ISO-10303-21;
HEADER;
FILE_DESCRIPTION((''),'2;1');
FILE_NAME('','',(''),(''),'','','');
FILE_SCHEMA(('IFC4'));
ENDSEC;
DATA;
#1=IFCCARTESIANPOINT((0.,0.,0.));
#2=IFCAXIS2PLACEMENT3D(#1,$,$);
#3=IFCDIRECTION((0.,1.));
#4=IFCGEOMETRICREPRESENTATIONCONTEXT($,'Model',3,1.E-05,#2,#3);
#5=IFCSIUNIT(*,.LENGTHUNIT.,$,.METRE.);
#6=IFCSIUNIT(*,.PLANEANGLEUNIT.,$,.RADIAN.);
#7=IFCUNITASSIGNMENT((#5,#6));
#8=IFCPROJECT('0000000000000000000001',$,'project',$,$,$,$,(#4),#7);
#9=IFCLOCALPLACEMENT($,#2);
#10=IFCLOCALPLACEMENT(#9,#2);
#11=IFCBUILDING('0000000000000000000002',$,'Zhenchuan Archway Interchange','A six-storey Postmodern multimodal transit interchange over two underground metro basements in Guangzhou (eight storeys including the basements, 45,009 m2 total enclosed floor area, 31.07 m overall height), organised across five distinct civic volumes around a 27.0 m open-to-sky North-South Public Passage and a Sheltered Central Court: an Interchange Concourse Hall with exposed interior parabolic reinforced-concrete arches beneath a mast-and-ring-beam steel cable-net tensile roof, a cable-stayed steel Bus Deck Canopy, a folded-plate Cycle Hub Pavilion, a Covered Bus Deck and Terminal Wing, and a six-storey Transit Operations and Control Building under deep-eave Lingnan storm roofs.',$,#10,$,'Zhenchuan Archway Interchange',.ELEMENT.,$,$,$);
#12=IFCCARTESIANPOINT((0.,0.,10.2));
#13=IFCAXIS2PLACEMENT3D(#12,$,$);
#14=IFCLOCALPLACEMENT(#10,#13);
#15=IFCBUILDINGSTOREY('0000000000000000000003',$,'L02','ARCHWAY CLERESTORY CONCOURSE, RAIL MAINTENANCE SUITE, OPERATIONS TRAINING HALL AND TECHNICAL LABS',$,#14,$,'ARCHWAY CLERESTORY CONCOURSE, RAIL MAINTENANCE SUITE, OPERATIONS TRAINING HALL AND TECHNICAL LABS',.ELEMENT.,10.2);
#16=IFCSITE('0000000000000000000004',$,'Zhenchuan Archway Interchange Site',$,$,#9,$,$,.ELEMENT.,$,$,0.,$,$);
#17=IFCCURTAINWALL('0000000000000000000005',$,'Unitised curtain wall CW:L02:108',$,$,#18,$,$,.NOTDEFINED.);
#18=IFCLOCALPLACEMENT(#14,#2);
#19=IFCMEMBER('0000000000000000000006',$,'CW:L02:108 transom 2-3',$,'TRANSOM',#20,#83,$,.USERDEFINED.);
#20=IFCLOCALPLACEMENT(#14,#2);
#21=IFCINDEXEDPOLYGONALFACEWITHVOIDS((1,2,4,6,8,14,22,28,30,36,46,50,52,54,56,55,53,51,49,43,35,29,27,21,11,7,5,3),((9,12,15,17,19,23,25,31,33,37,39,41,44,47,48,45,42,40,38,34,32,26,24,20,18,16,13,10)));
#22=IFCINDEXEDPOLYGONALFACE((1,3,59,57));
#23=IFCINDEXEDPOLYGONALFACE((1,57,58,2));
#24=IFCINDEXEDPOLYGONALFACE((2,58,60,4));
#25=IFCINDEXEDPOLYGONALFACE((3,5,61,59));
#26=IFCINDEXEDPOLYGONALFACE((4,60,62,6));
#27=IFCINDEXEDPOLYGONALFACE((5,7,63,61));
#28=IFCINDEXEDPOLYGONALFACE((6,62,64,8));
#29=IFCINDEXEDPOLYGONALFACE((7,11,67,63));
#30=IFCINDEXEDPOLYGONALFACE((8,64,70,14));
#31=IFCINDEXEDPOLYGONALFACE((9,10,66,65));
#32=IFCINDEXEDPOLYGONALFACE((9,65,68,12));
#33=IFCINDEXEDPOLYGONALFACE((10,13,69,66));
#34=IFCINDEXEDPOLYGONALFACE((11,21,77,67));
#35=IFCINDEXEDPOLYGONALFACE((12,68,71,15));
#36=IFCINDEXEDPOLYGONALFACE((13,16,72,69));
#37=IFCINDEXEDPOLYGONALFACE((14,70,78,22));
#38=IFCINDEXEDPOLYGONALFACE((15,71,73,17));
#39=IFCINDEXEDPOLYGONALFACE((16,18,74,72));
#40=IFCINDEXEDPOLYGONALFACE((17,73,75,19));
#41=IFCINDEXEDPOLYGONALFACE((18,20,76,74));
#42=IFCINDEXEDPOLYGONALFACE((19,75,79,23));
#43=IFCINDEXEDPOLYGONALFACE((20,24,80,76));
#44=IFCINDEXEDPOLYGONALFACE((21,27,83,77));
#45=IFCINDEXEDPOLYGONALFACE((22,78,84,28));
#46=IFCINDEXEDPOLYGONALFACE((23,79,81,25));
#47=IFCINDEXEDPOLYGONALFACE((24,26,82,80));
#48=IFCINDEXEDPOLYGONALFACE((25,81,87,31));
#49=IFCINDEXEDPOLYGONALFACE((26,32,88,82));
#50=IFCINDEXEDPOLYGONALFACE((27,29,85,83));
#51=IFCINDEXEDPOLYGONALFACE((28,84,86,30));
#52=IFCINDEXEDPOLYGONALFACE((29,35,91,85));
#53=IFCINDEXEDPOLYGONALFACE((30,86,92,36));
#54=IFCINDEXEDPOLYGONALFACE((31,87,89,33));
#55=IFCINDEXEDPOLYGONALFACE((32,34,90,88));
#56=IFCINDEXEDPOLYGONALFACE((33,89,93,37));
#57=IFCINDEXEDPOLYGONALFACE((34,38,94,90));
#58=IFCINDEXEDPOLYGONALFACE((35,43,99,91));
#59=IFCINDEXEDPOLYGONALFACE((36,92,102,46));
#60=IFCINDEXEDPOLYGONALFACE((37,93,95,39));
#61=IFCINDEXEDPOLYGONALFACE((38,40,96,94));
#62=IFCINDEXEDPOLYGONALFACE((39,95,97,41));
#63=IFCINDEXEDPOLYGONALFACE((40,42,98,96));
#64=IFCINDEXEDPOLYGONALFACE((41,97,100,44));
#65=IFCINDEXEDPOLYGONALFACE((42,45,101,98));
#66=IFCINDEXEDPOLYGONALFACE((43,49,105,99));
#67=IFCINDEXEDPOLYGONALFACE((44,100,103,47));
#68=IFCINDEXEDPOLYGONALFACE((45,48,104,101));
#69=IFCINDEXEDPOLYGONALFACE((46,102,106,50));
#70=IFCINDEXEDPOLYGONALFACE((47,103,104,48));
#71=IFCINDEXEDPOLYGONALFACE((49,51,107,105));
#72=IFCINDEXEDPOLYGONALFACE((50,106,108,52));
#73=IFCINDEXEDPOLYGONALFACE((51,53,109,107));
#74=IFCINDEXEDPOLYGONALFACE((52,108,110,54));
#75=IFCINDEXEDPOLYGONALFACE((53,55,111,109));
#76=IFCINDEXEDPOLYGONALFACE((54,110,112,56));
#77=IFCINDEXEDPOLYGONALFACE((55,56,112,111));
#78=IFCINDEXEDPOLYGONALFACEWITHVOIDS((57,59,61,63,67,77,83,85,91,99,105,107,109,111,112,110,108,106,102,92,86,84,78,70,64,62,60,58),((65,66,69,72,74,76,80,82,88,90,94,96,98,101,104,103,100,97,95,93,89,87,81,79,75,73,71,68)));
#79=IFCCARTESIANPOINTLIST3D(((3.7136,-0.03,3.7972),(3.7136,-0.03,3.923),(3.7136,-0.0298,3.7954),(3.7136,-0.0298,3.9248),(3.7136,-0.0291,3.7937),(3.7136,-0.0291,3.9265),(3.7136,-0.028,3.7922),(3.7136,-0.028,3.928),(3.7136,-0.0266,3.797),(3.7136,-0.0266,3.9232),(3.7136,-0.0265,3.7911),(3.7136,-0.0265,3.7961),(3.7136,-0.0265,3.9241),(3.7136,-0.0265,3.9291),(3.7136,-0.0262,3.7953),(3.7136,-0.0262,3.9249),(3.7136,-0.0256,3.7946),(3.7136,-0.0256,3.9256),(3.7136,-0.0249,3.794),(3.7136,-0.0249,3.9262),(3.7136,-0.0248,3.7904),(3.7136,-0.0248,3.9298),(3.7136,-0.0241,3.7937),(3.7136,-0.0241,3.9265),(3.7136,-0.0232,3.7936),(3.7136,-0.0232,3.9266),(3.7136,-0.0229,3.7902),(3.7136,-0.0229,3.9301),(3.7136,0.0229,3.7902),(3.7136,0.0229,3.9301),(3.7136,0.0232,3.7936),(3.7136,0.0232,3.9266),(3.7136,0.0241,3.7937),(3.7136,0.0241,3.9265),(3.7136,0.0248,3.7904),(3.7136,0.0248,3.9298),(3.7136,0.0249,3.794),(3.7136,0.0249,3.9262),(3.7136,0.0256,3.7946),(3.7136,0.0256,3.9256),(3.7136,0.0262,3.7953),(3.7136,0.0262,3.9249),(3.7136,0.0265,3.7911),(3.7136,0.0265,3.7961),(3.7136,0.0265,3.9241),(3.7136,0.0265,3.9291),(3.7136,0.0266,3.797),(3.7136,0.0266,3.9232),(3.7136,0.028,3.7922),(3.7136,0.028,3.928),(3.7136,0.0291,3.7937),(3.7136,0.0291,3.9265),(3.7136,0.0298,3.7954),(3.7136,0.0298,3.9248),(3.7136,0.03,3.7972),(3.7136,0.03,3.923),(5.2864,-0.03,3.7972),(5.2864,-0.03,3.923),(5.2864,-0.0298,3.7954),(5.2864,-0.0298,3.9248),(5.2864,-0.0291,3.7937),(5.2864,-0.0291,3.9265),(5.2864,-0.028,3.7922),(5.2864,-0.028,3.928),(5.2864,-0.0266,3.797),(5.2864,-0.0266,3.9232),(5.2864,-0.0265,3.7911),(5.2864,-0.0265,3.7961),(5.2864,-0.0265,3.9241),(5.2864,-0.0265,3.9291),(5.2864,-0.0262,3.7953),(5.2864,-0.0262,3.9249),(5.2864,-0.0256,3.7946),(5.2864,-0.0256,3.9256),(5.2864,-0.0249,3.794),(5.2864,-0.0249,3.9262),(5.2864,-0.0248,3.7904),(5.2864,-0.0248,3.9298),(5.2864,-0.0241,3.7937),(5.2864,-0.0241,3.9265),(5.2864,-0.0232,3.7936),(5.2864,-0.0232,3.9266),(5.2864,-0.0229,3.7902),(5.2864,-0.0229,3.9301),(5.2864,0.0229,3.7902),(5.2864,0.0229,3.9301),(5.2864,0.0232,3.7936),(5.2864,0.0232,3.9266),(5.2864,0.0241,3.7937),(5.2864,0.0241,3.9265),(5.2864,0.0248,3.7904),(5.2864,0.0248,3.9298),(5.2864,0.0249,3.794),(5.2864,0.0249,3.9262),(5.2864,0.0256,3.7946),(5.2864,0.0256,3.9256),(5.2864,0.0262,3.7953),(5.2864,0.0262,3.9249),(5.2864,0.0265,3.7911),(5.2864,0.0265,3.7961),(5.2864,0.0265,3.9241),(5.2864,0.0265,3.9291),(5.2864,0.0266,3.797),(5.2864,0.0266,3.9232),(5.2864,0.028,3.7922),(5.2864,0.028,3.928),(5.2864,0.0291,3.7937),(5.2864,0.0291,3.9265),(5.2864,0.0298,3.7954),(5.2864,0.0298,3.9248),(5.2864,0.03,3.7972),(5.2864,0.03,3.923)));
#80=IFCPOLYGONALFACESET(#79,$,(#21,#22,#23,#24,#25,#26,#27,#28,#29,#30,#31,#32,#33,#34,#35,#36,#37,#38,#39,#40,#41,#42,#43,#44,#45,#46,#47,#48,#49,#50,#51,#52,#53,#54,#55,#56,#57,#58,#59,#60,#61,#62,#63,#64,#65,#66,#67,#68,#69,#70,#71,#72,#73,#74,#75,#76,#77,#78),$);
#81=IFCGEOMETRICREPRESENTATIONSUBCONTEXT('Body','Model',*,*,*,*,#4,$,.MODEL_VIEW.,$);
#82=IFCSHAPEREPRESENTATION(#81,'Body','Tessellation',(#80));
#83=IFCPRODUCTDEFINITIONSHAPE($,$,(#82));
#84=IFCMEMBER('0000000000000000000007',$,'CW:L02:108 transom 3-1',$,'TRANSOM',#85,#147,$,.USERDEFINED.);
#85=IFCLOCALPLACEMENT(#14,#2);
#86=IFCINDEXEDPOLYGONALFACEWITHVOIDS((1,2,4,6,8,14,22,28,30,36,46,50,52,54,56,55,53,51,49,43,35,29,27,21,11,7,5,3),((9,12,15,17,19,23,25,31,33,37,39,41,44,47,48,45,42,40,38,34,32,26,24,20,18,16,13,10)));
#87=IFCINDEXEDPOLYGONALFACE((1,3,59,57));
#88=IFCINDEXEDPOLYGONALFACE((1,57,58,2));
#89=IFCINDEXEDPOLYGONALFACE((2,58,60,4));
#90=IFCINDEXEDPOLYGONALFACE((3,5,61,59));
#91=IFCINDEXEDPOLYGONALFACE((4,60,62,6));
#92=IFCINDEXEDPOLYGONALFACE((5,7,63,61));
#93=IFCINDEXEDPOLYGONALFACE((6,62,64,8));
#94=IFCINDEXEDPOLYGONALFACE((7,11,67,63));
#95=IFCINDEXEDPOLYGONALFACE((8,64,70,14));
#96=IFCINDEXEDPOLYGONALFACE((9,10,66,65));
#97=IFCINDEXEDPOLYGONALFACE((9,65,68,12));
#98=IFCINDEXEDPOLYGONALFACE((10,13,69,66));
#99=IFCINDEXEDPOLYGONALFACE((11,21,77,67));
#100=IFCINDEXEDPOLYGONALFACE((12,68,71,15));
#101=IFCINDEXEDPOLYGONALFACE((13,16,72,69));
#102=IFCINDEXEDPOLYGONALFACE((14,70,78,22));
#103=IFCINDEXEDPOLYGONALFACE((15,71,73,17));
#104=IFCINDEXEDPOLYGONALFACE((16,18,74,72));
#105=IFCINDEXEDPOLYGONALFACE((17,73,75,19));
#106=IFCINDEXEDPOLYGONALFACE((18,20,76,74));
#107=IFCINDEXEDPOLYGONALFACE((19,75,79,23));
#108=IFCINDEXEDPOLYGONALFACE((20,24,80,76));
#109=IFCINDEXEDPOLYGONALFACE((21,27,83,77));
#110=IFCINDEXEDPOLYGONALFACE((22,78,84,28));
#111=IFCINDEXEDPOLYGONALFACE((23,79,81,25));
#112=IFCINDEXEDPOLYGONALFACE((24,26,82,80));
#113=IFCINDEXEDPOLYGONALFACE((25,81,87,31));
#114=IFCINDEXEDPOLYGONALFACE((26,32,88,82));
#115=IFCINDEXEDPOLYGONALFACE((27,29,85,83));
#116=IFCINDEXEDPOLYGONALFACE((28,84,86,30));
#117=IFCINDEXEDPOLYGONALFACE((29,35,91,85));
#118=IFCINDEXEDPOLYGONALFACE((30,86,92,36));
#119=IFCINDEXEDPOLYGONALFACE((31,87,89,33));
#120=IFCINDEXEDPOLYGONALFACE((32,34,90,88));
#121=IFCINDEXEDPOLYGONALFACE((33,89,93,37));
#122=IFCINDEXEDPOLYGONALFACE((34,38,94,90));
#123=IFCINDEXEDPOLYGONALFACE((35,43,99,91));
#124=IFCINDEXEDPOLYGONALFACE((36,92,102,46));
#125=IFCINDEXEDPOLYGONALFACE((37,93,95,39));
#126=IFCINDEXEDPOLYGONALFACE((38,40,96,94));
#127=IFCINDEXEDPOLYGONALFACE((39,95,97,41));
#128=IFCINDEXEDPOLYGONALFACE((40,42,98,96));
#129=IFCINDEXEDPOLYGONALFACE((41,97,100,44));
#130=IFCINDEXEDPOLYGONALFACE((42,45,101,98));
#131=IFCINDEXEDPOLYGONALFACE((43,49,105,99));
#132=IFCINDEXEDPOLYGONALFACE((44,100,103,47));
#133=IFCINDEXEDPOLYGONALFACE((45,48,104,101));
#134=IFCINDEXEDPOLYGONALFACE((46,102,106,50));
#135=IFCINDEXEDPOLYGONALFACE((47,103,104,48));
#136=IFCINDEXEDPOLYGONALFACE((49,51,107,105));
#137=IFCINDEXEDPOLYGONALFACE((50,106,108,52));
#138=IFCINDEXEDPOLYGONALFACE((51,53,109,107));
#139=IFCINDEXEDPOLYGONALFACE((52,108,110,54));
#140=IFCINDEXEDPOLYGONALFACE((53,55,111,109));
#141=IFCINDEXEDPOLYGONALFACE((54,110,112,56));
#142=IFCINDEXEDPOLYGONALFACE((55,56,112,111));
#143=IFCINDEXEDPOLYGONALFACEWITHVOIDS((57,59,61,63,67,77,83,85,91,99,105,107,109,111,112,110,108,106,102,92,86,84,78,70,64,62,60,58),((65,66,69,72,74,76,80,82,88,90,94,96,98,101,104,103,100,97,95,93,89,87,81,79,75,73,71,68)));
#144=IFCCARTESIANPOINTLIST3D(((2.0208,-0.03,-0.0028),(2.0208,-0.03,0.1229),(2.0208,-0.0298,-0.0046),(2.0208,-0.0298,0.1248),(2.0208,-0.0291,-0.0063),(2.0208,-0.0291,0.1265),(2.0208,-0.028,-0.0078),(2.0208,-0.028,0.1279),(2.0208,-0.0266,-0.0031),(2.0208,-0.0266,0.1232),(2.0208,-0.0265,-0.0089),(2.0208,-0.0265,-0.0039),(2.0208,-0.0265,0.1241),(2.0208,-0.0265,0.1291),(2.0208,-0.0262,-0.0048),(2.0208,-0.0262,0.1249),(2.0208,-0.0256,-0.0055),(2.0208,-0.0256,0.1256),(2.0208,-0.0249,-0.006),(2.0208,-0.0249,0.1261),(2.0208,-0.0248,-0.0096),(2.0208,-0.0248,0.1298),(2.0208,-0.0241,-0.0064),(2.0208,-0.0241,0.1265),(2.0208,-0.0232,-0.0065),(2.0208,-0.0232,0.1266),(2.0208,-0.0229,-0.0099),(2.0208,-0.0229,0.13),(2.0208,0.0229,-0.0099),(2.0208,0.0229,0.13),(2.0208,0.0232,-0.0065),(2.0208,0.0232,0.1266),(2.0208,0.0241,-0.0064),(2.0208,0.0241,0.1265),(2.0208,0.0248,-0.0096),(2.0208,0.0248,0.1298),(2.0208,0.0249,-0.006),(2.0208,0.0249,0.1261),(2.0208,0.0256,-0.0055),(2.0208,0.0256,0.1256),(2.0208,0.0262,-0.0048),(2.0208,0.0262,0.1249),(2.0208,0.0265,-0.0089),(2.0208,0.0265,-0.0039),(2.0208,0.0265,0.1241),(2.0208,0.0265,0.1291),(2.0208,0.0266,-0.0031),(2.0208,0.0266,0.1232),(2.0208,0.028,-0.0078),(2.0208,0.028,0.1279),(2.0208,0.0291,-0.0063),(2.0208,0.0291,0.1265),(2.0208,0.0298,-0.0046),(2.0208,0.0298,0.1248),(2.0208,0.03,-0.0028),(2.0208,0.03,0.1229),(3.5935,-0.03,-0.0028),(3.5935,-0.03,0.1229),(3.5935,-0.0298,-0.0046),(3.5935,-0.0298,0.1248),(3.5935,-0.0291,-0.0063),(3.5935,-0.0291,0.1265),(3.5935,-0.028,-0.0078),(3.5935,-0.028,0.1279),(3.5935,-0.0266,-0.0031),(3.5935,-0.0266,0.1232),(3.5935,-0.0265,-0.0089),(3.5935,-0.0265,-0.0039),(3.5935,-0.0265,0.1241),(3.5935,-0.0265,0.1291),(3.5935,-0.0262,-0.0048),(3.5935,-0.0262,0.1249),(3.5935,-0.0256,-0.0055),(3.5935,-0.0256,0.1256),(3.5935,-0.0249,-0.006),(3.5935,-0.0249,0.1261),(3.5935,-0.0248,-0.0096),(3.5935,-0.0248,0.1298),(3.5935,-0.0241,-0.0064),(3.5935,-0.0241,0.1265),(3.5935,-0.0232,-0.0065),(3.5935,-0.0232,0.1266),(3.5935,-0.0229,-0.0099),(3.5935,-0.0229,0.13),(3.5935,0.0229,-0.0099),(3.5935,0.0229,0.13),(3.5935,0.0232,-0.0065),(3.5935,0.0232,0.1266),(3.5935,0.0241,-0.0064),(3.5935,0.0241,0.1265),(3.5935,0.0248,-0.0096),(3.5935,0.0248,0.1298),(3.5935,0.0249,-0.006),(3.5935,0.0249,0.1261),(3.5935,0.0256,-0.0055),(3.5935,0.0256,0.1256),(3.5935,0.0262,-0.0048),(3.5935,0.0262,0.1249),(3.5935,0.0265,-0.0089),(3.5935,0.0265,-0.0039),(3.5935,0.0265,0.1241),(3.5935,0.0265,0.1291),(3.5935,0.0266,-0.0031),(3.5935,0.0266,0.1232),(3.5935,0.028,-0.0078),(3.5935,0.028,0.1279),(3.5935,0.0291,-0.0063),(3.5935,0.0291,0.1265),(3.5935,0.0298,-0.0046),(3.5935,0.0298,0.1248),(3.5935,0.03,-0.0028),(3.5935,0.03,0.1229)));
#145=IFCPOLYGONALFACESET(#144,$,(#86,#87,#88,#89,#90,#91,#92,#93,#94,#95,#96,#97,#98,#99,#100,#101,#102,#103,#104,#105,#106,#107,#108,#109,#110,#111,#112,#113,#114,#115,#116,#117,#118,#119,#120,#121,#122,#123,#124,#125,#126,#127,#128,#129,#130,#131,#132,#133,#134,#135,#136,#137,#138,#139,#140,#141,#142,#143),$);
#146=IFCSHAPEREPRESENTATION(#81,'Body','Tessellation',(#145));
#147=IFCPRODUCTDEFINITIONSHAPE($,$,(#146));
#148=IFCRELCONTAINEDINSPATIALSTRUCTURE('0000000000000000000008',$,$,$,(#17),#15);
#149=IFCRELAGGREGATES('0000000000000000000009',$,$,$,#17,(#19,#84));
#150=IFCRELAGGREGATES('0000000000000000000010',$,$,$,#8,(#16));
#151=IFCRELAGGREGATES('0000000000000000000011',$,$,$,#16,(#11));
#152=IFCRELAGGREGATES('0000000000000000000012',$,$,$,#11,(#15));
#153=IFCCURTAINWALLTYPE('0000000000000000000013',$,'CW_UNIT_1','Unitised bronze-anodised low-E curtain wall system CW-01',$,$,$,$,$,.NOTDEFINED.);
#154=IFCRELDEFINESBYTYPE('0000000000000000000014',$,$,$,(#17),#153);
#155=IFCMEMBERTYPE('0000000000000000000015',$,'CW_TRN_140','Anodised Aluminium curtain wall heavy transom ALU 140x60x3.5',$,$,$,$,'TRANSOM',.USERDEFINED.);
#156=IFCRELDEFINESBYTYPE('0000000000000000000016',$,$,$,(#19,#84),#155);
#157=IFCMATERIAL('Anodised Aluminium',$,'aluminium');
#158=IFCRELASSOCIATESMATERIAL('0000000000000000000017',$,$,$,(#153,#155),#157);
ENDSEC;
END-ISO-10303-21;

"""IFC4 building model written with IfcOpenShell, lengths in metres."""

from ifc_helpers import new_model, si_unit, direction, frame, origin, origin_2d, place, context, subcontext, project, spatial, hollow_rectangle, extrude, material, material_profile, profile_set, type_object, element, aggregate, save


model = new_model("IFC4")

# Units and contexts
model_context = context("Model", 3, precision=1e-05, world=origin(), true_north=direction((0.0, 1.0)))
body_context = subcontext(model_context, "Body", "Model", "MODEL_VIEW")
ifc_project = project(units=[si_unit("LENGTHUNIT", "METRE"), si_unit("PLANEANGLEUNIT", "RADIAN")], contexts=[model_context])

# Site, building, storey
site_placement = place(None, origin())
site = spatial("IfcSite", under=ifc_project, at=site_placement, Name="Zhenchuan Archway Interchange Site", CompositionType="ELEMENT", RefElevation=0.0)
building_placement = place(site_placement, origin())
building = spatial("IfcBuilding", under=site, at=building_placement, Name="Zhenchuan Archway Interchange", Description="A six-storey Postmodern multimodal transit interchange over two underground metro basements in Guangzhou (eight storeys including the basements, 45,009 m2 total enclosed floor area, 31.07 m overall height), organised across five distinct civic volumes around a 27.0 m open-to-sky North-South Public Passage and a Sheltered Central Court: an Interchange Concourse Hall with exposed interior parabolic reinforced-concrete arches beneath a mast-and-ring-beam steel cable-net tensile roof, a cable-stayed steel Bus Deck Canopy, a folded-plate Cycle Hub Pavilion, a Covered Bus Deck and Terminal Wing, and a six-storey Transit Operations and Control Building under deep-eave Lingnan storm roofs.", LongName="Zhenchuan Archway Interchange", CompositionType="ELEMENT")
storey_placement = place(building_placement, frame((0.0, 0.0, 10.2)))
storey = spatial("IfcBuildingStorey", under=building, at=storey_placement, Name="L02", Description="ARCHWAY CLERESTORY CONCOURSE, RAIL MAINTENANCE SUITE, OPERATIONS TRAINING HALL AND TECHNICAL LABS", LongName="ARCHWAY CLERESTORY CONCOURSE, RAIL MAINTENANCE SUITE, OPERATIONS TRAINING HALL AND TECHNICAL LABS", CompositionType="ELEMENT", Elevation=10.2)

# Curtain wall, members
ifc_material_1 = material(Name="Anodised Aluminium", Category="aluminium")
curtain_wall_type = type_object("IfcCurtainWallType", Name="CW_UNIT_1", Description="Unitised bronze-anodised low-E curtain wall system CW-01", PredefinedType="NOTDEFINED", material=ifc_material_1)
curtain_wall_placement = place(storey_placement, origin())
curtain_wall = element("IfcCurtainWall", 1, at=curtain_wall_placement, inside=storey, type_object=curtain_wall_type, Name="Unitised curtain wall CW:L02:108", PredefinedType="NOTDEFINED")
ifc_material_profile_1 = material_profile(ifc_material_1, hollow_rectangle(XDim=0.0601, YDim=0.1399, WallThickness=0.0034, InnerFilletRadius=0.0034, OuterFilletRadius=0.0071, at=origin_2d()), Name="ALU 140x60x3.5")
ifc_profile_set_1 = profile_set([ifc_material_profile_1], Name="Anodised Aluminium")
member_type_1 = type_object("IfcMemberType", Name="CW_TRN_140", Description="Anodised Aluminium curtain wall heavy transom ALU 140x60x3.5", ElementType="TRANSOM", PredefinedType="USERDEFINED", material=ifc_profile_set_1)
member_1_placement = place(storey_placement, frame((5.2864, 0.0, 3.8601), z_axis=(-1.0, 0.0, 0.0), x_axis=(0.0, -1.0, 0.0)))
member_1 = element("IfcMember", 2, at=member_1_placement, type_object=member_type_1, Name="CW:L02:108 transom 2-3", ObjectType="TRANSOM", PredefinedType="USERDEFINED", context=body_context, shape_type="SweptSolid", body=[
    extrude(hollow_rectangle(XDim=0.0601, YDim=0.1399, WallThickness=0.0034, InnerFilletRadius=0.0034, OuterFilletRadius=0.0071, at=origin_2d()), origin(), (0.0, 0.0, 1.0), 1.5728),
])
member_2_placement = place(storey_placement, frame((3.5935, 0.0, 0.0601), z_axis=(-1.0, 0.0, 0.0), x_axis=(0.0, -1.0, 0.0)))
member_2 = element("IfcMember", 3, at=member_2_placement, type_object=member_type_1, Name="CW:L02:108 transom 3-1", ObjectType="TRANSOM", PredefinedType="USERDEFINED", context=body_context, shape_type="SweptSolid", body=[
    extrude(hollow_rectangle(XDim=0.0601, YDim=0.1399, WallThickness=0.0034, InnerFilletRadius=0.0034, OuterFilletRadius=0.0071, at=origin_2d()), origin(), (0.0, 0.0, 1.0), 1.5728),
])

aggregate(curtain_wall, [member_1, member_2])

save(model, "model.ifc")
